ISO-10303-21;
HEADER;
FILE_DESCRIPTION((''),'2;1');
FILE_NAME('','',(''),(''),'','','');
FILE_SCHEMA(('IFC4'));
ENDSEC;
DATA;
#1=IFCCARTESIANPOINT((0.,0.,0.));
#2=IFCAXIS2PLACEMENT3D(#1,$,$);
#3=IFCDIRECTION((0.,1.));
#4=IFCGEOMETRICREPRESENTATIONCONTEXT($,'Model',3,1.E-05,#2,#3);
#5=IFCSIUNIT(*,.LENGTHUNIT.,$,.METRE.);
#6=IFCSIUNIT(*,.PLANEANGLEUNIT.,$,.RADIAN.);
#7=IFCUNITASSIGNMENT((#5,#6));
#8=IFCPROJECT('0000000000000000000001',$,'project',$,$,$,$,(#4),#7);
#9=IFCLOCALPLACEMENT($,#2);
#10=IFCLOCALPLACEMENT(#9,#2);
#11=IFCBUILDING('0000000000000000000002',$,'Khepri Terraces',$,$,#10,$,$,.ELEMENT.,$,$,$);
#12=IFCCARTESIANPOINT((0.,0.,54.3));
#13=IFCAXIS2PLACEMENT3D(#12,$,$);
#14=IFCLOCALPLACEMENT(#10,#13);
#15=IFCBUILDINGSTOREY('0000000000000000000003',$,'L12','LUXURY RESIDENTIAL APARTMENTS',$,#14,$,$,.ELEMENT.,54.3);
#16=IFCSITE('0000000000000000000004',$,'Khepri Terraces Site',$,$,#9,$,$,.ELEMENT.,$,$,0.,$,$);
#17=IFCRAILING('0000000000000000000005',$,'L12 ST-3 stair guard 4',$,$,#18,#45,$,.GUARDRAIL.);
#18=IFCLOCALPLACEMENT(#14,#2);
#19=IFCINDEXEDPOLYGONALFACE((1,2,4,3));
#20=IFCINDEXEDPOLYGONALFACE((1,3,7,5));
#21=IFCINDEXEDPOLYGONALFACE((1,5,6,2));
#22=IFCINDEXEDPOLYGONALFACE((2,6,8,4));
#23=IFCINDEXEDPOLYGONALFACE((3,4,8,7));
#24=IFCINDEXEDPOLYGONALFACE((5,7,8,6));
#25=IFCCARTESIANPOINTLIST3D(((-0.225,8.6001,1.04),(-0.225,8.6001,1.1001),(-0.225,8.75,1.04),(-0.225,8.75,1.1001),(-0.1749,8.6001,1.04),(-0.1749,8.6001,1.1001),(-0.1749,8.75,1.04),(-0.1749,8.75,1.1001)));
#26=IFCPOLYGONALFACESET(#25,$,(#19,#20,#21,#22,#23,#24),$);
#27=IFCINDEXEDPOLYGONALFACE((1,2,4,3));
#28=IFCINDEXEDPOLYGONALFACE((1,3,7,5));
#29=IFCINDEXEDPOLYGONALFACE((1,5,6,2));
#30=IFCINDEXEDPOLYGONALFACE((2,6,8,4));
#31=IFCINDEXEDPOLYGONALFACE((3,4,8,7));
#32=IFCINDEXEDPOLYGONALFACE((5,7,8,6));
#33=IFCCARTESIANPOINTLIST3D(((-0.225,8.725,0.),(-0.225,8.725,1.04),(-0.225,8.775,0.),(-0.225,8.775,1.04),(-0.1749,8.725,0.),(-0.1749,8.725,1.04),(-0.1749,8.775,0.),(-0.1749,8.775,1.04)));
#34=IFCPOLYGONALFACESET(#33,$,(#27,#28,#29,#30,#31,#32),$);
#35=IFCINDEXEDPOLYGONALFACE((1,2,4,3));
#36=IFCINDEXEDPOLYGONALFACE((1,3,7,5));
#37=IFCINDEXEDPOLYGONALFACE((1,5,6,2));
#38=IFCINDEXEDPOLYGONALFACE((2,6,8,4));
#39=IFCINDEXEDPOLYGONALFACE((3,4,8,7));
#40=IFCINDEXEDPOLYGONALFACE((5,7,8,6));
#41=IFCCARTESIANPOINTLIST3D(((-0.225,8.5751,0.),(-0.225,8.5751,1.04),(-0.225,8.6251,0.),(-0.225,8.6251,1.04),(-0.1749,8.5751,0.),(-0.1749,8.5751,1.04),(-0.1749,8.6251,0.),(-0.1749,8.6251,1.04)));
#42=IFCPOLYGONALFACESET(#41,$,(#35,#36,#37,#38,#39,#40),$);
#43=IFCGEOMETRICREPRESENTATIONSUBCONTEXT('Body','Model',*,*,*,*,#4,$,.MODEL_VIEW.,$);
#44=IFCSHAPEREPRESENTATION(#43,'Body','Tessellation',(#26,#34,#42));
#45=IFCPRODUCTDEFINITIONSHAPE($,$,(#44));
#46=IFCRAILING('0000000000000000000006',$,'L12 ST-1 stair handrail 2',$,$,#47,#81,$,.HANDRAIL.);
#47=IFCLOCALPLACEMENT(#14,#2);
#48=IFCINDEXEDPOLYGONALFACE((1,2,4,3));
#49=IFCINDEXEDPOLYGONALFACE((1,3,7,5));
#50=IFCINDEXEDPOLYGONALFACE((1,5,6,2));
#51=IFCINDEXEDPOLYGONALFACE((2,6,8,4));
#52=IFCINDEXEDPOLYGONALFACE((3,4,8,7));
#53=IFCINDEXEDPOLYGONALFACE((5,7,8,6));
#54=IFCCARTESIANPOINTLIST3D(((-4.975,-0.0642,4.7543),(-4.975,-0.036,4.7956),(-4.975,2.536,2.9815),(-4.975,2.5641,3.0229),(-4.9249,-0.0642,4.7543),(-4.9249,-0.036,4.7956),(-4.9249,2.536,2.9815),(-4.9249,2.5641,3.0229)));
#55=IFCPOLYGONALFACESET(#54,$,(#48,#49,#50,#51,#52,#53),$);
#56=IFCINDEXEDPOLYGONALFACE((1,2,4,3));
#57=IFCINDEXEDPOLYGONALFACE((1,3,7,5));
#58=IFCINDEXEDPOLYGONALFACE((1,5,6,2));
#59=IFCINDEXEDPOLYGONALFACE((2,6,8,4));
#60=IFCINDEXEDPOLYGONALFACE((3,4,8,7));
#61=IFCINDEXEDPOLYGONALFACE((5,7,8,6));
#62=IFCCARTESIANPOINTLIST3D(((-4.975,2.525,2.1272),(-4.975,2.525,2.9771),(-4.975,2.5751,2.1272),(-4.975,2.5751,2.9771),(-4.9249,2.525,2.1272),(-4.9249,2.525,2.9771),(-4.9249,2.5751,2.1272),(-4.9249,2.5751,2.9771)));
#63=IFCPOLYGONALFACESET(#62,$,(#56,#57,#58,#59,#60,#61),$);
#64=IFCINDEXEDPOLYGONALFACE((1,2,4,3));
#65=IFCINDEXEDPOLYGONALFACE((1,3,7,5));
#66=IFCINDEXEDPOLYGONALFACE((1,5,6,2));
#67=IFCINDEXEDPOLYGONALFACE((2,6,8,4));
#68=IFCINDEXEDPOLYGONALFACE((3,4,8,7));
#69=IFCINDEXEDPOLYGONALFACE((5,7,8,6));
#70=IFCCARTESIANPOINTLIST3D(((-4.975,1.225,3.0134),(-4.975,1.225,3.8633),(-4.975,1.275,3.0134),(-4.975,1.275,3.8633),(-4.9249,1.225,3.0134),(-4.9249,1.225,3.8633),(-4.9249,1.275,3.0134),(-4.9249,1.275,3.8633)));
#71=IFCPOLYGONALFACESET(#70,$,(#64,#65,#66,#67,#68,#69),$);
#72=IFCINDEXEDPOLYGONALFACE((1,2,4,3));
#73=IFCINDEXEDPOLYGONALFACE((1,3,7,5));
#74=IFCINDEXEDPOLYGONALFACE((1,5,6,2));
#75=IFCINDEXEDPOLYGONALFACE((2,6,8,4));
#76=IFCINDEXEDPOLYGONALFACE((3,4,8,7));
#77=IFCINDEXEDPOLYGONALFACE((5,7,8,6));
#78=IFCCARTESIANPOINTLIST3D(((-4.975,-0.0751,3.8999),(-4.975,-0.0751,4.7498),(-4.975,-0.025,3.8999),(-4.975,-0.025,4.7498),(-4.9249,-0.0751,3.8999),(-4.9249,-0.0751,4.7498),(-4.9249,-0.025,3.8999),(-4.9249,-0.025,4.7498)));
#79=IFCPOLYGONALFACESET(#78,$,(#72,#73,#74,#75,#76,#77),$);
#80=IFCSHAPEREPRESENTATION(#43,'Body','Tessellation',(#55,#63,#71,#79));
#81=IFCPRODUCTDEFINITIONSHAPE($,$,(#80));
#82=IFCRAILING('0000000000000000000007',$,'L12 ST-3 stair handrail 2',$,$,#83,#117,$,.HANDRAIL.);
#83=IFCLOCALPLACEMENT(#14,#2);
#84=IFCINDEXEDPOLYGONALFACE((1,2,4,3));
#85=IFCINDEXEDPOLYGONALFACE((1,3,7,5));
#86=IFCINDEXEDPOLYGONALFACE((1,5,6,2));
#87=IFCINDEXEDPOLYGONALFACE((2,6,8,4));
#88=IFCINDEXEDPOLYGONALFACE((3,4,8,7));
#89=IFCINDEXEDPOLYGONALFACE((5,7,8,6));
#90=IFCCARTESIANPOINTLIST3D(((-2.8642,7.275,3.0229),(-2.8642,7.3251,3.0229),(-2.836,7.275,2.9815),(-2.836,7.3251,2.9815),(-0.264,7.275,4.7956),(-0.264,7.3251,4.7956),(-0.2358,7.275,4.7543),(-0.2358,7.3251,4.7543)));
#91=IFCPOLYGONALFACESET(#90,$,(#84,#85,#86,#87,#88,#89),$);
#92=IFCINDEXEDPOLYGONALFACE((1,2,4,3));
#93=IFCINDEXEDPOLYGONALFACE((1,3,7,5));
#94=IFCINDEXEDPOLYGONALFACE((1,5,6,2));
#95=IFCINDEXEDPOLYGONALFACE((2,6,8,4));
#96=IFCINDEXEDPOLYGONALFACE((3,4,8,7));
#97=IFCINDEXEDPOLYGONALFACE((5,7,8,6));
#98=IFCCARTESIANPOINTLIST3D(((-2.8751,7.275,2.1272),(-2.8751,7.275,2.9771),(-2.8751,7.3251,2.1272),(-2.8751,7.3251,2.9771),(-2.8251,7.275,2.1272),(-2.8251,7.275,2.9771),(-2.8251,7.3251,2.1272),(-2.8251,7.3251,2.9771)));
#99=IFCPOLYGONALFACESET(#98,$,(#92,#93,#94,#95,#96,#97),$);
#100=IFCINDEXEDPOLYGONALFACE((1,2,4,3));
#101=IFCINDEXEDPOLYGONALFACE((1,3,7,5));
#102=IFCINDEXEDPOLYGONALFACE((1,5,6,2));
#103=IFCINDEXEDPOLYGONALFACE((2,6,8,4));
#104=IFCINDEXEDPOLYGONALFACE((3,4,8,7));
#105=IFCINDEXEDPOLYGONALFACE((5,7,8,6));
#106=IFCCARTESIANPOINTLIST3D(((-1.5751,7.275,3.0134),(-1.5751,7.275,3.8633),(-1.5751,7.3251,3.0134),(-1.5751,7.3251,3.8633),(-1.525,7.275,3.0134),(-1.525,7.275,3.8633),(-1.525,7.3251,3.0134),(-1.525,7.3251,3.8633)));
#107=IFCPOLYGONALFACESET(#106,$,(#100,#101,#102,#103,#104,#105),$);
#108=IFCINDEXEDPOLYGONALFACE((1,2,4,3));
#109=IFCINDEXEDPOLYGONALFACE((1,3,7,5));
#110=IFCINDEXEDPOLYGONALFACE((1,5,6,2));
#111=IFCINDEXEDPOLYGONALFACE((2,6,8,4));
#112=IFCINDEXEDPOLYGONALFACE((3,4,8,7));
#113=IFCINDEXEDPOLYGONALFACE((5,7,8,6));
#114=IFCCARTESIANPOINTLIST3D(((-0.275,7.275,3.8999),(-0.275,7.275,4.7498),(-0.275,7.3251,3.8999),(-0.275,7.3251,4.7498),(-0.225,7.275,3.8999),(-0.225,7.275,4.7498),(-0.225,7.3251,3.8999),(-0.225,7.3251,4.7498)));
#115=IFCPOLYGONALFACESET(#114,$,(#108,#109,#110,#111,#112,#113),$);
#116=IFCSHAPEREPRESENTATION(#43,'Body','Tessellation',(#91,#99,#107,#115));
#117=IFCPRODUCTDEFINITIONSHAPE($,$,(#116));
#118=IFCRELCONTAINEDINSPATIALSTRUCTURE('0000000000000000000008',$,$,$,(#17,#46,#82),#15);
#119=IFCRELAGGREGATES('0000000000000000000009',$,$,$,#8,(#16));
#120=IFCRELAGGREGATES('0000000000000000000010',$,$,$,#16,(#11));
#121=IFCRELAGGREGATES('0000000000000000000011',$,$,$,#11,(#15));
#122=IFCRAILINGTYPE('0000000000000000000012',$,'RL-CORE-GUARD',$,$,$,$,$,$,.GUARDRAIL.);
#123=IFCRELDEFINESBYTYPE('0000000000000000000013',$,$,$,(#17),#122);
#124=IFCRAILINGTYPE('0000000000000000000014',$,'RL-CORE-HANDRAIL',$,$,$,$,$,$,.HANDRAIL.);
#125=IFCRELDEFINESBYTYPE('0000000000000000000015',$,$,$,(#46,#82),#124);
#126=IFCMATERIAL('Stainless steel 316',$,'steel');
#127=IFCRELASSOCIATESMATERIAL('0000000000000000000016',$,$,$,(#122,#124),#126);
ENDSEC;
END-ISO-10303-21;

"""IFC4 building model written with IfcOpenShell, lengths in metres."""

from ifc_helpers import new_model, si_unit, direction, frame, origin, origin_2d, place, context, subcontext, project, spatial, rectangle, extrude, material, type_object, element, save


model = new_model("IFC4")

# Units and contexts
model_context = context("Model", 3, precision=1e-05, world=origin(), true_north=direction((0.0, 1.0)))
body_context = subcontext(model_context, "Body", "Model", "MODEL_VIEW")
ifc_project = project(units=[si_unit("LENGTHUNIT", "METRE"), si_unit("PLANEANGLEUNIT", "RADIAN")], contexts=[model_context])

# Site, building, storey
site_placement = place(None, origin())
site = spatial("IfcSite", under=ifc_project, at=site_placement, Name="Khepri Terraces Site", CompositionType="ELEMENT", RefElevation=0.0)
building_placement = place(site_placement, origin())
building = spatial("IfcBuilding", under=site, at=building_placement, Name="Khepri Terraces", CompositionType="ELEMENT")
storey_placement = place(building_placement, frame((0.0, 0.0, 54.3)))
storey = spatial("IfcBuildingStorey", under=building, at=storey_placement, Name="L12", Description="LUXURY RESIDENTIAL APARTMENTS", CompositionType="ELEMENT", Elevation=54.3)

# Railings
ifc_material_1 = material(Name="Stainless steel 316", Category="steel")
railing_type_1 = type_object("IfcRailingType", Name="RL-CORE-GUARD", PredefinedType="GUARDRAIL", material=ifc_material_1)
railing_1_placement = place(storey_placement, frame((-0.2, 8.75, 0.0)))
element("IfcRailing", 1, at=railing_1_placement, inside=storey, type_object=railing_type_1, Name="L12 ST-3 stair guard 4", PredefinedType="GUARDRAIL", context=body_context, shape_type="SweptSolid", body=[
    extrude(rectangle(XDim=0.05, YDim=0.0601, at=origin_2d()), frame((0.0, 0.0, 1.0701), z_axis=(0.0, -1.0, 0.0), x_axis=(1.0, 0.0, 0.0)), (0.0, 0.0, 1.0), 0.1499),
    extrude(rectangle(XDim=0.05, YDim=0.05, at=origin_2d()), origin(), (0.0, 0.0, 1.0), 1.04),
    extrude(rectangle(XDim=0.05, YDim=0.05, at=origin_2d()), frame((0.0, -0.1499, 0.0)), (0.0, 0.0, 1.0), 1.04),
])
railing_type_2 = type_object("IfcRailingType", Name="RL-CORE-HANDRAIL", PredefinedType="HANDRAIL", material=ifc_material_1)
railing_2_placement = place(storey_placement, frame((-4.95, 2.55, 2.1272)))
element("IfcRailing", 2, at=railing_2_placement, inside=storey, type_object=railing_type_2, Name="L12 ST-1 stair handrail 2", PredefinedType="HANDRAIL", context=body_context, shape_type="SweptSolid", body=[
    extrude(rectangle(XDim=0.05, YDim=0.05, at=origin_2d()), frame((0.0, 0.0, 0.875), z_axis=(0.0, -0.82624, 0.563318), x_axis=(1.0, 0.0, 0.0)), (0.0, 0.0, 1.0), 3.147),
    extrude(rectangle(XDim=0.05, YDim=0.05, at=origin_2d()), origin(), (0.0, 0.0, 1.0), 0.8499),
    extrude(rectangle(XDim=0.05, YDim=0.05, at=origin_2d()), frame((0.0, -1.3, 0.8862)), (0.0, 0.0, 1.0), 0.8499),
    extrude(rectangle(XDim=0.05, YDim=0.05, at=origin_2d()), frame((0.0, -2.6001, 1.7727)), (0.0, 0.0, 1.0), 0.8499),
])
railing_3_placement = place(storey_placement, frame((-2.8501, 7.3, 2.1272)))
element("IfcRailing", 3, at=railing_3_placement, inside=storey, type_object=railing_type_2, Name="L12 ST-3 stair handrail 2", PredefinedType="HANDRAIL", context=body_context, shape_type="SweptSolid", body=[
    extrude(rectangle(XDim=0.05, YDim=0.05, at=origin_2d()), frame((0.0, 0.0, 0.875), z_axis=(0.82624, 0.0, 0.563318), x_axis=(0.0, 1.0, 0.0)), (0.0, 0.0, 1.0), 3.147),
    extrude(rectangle(XDim=0.05, YDim=0.05, at=origin_2d()), origin(), (0.0, 0.0, 1.0), 0.8499),
    extrude(rectangle(XDim=0.05, YDim=0.05, at=origin_2d()), frame((1.3, 0.0, 0.8862)), (0.0, 0.0, 1.0), 0.8499),
    extrude(rectangle(XDim=0.05, YDim=0.05, at=origin_2d()), frame((2.6001, 0.0, 1.7727)), (0.0, 0.0, 1.0), 0.8499),
])

save(model, "model.ifc")
